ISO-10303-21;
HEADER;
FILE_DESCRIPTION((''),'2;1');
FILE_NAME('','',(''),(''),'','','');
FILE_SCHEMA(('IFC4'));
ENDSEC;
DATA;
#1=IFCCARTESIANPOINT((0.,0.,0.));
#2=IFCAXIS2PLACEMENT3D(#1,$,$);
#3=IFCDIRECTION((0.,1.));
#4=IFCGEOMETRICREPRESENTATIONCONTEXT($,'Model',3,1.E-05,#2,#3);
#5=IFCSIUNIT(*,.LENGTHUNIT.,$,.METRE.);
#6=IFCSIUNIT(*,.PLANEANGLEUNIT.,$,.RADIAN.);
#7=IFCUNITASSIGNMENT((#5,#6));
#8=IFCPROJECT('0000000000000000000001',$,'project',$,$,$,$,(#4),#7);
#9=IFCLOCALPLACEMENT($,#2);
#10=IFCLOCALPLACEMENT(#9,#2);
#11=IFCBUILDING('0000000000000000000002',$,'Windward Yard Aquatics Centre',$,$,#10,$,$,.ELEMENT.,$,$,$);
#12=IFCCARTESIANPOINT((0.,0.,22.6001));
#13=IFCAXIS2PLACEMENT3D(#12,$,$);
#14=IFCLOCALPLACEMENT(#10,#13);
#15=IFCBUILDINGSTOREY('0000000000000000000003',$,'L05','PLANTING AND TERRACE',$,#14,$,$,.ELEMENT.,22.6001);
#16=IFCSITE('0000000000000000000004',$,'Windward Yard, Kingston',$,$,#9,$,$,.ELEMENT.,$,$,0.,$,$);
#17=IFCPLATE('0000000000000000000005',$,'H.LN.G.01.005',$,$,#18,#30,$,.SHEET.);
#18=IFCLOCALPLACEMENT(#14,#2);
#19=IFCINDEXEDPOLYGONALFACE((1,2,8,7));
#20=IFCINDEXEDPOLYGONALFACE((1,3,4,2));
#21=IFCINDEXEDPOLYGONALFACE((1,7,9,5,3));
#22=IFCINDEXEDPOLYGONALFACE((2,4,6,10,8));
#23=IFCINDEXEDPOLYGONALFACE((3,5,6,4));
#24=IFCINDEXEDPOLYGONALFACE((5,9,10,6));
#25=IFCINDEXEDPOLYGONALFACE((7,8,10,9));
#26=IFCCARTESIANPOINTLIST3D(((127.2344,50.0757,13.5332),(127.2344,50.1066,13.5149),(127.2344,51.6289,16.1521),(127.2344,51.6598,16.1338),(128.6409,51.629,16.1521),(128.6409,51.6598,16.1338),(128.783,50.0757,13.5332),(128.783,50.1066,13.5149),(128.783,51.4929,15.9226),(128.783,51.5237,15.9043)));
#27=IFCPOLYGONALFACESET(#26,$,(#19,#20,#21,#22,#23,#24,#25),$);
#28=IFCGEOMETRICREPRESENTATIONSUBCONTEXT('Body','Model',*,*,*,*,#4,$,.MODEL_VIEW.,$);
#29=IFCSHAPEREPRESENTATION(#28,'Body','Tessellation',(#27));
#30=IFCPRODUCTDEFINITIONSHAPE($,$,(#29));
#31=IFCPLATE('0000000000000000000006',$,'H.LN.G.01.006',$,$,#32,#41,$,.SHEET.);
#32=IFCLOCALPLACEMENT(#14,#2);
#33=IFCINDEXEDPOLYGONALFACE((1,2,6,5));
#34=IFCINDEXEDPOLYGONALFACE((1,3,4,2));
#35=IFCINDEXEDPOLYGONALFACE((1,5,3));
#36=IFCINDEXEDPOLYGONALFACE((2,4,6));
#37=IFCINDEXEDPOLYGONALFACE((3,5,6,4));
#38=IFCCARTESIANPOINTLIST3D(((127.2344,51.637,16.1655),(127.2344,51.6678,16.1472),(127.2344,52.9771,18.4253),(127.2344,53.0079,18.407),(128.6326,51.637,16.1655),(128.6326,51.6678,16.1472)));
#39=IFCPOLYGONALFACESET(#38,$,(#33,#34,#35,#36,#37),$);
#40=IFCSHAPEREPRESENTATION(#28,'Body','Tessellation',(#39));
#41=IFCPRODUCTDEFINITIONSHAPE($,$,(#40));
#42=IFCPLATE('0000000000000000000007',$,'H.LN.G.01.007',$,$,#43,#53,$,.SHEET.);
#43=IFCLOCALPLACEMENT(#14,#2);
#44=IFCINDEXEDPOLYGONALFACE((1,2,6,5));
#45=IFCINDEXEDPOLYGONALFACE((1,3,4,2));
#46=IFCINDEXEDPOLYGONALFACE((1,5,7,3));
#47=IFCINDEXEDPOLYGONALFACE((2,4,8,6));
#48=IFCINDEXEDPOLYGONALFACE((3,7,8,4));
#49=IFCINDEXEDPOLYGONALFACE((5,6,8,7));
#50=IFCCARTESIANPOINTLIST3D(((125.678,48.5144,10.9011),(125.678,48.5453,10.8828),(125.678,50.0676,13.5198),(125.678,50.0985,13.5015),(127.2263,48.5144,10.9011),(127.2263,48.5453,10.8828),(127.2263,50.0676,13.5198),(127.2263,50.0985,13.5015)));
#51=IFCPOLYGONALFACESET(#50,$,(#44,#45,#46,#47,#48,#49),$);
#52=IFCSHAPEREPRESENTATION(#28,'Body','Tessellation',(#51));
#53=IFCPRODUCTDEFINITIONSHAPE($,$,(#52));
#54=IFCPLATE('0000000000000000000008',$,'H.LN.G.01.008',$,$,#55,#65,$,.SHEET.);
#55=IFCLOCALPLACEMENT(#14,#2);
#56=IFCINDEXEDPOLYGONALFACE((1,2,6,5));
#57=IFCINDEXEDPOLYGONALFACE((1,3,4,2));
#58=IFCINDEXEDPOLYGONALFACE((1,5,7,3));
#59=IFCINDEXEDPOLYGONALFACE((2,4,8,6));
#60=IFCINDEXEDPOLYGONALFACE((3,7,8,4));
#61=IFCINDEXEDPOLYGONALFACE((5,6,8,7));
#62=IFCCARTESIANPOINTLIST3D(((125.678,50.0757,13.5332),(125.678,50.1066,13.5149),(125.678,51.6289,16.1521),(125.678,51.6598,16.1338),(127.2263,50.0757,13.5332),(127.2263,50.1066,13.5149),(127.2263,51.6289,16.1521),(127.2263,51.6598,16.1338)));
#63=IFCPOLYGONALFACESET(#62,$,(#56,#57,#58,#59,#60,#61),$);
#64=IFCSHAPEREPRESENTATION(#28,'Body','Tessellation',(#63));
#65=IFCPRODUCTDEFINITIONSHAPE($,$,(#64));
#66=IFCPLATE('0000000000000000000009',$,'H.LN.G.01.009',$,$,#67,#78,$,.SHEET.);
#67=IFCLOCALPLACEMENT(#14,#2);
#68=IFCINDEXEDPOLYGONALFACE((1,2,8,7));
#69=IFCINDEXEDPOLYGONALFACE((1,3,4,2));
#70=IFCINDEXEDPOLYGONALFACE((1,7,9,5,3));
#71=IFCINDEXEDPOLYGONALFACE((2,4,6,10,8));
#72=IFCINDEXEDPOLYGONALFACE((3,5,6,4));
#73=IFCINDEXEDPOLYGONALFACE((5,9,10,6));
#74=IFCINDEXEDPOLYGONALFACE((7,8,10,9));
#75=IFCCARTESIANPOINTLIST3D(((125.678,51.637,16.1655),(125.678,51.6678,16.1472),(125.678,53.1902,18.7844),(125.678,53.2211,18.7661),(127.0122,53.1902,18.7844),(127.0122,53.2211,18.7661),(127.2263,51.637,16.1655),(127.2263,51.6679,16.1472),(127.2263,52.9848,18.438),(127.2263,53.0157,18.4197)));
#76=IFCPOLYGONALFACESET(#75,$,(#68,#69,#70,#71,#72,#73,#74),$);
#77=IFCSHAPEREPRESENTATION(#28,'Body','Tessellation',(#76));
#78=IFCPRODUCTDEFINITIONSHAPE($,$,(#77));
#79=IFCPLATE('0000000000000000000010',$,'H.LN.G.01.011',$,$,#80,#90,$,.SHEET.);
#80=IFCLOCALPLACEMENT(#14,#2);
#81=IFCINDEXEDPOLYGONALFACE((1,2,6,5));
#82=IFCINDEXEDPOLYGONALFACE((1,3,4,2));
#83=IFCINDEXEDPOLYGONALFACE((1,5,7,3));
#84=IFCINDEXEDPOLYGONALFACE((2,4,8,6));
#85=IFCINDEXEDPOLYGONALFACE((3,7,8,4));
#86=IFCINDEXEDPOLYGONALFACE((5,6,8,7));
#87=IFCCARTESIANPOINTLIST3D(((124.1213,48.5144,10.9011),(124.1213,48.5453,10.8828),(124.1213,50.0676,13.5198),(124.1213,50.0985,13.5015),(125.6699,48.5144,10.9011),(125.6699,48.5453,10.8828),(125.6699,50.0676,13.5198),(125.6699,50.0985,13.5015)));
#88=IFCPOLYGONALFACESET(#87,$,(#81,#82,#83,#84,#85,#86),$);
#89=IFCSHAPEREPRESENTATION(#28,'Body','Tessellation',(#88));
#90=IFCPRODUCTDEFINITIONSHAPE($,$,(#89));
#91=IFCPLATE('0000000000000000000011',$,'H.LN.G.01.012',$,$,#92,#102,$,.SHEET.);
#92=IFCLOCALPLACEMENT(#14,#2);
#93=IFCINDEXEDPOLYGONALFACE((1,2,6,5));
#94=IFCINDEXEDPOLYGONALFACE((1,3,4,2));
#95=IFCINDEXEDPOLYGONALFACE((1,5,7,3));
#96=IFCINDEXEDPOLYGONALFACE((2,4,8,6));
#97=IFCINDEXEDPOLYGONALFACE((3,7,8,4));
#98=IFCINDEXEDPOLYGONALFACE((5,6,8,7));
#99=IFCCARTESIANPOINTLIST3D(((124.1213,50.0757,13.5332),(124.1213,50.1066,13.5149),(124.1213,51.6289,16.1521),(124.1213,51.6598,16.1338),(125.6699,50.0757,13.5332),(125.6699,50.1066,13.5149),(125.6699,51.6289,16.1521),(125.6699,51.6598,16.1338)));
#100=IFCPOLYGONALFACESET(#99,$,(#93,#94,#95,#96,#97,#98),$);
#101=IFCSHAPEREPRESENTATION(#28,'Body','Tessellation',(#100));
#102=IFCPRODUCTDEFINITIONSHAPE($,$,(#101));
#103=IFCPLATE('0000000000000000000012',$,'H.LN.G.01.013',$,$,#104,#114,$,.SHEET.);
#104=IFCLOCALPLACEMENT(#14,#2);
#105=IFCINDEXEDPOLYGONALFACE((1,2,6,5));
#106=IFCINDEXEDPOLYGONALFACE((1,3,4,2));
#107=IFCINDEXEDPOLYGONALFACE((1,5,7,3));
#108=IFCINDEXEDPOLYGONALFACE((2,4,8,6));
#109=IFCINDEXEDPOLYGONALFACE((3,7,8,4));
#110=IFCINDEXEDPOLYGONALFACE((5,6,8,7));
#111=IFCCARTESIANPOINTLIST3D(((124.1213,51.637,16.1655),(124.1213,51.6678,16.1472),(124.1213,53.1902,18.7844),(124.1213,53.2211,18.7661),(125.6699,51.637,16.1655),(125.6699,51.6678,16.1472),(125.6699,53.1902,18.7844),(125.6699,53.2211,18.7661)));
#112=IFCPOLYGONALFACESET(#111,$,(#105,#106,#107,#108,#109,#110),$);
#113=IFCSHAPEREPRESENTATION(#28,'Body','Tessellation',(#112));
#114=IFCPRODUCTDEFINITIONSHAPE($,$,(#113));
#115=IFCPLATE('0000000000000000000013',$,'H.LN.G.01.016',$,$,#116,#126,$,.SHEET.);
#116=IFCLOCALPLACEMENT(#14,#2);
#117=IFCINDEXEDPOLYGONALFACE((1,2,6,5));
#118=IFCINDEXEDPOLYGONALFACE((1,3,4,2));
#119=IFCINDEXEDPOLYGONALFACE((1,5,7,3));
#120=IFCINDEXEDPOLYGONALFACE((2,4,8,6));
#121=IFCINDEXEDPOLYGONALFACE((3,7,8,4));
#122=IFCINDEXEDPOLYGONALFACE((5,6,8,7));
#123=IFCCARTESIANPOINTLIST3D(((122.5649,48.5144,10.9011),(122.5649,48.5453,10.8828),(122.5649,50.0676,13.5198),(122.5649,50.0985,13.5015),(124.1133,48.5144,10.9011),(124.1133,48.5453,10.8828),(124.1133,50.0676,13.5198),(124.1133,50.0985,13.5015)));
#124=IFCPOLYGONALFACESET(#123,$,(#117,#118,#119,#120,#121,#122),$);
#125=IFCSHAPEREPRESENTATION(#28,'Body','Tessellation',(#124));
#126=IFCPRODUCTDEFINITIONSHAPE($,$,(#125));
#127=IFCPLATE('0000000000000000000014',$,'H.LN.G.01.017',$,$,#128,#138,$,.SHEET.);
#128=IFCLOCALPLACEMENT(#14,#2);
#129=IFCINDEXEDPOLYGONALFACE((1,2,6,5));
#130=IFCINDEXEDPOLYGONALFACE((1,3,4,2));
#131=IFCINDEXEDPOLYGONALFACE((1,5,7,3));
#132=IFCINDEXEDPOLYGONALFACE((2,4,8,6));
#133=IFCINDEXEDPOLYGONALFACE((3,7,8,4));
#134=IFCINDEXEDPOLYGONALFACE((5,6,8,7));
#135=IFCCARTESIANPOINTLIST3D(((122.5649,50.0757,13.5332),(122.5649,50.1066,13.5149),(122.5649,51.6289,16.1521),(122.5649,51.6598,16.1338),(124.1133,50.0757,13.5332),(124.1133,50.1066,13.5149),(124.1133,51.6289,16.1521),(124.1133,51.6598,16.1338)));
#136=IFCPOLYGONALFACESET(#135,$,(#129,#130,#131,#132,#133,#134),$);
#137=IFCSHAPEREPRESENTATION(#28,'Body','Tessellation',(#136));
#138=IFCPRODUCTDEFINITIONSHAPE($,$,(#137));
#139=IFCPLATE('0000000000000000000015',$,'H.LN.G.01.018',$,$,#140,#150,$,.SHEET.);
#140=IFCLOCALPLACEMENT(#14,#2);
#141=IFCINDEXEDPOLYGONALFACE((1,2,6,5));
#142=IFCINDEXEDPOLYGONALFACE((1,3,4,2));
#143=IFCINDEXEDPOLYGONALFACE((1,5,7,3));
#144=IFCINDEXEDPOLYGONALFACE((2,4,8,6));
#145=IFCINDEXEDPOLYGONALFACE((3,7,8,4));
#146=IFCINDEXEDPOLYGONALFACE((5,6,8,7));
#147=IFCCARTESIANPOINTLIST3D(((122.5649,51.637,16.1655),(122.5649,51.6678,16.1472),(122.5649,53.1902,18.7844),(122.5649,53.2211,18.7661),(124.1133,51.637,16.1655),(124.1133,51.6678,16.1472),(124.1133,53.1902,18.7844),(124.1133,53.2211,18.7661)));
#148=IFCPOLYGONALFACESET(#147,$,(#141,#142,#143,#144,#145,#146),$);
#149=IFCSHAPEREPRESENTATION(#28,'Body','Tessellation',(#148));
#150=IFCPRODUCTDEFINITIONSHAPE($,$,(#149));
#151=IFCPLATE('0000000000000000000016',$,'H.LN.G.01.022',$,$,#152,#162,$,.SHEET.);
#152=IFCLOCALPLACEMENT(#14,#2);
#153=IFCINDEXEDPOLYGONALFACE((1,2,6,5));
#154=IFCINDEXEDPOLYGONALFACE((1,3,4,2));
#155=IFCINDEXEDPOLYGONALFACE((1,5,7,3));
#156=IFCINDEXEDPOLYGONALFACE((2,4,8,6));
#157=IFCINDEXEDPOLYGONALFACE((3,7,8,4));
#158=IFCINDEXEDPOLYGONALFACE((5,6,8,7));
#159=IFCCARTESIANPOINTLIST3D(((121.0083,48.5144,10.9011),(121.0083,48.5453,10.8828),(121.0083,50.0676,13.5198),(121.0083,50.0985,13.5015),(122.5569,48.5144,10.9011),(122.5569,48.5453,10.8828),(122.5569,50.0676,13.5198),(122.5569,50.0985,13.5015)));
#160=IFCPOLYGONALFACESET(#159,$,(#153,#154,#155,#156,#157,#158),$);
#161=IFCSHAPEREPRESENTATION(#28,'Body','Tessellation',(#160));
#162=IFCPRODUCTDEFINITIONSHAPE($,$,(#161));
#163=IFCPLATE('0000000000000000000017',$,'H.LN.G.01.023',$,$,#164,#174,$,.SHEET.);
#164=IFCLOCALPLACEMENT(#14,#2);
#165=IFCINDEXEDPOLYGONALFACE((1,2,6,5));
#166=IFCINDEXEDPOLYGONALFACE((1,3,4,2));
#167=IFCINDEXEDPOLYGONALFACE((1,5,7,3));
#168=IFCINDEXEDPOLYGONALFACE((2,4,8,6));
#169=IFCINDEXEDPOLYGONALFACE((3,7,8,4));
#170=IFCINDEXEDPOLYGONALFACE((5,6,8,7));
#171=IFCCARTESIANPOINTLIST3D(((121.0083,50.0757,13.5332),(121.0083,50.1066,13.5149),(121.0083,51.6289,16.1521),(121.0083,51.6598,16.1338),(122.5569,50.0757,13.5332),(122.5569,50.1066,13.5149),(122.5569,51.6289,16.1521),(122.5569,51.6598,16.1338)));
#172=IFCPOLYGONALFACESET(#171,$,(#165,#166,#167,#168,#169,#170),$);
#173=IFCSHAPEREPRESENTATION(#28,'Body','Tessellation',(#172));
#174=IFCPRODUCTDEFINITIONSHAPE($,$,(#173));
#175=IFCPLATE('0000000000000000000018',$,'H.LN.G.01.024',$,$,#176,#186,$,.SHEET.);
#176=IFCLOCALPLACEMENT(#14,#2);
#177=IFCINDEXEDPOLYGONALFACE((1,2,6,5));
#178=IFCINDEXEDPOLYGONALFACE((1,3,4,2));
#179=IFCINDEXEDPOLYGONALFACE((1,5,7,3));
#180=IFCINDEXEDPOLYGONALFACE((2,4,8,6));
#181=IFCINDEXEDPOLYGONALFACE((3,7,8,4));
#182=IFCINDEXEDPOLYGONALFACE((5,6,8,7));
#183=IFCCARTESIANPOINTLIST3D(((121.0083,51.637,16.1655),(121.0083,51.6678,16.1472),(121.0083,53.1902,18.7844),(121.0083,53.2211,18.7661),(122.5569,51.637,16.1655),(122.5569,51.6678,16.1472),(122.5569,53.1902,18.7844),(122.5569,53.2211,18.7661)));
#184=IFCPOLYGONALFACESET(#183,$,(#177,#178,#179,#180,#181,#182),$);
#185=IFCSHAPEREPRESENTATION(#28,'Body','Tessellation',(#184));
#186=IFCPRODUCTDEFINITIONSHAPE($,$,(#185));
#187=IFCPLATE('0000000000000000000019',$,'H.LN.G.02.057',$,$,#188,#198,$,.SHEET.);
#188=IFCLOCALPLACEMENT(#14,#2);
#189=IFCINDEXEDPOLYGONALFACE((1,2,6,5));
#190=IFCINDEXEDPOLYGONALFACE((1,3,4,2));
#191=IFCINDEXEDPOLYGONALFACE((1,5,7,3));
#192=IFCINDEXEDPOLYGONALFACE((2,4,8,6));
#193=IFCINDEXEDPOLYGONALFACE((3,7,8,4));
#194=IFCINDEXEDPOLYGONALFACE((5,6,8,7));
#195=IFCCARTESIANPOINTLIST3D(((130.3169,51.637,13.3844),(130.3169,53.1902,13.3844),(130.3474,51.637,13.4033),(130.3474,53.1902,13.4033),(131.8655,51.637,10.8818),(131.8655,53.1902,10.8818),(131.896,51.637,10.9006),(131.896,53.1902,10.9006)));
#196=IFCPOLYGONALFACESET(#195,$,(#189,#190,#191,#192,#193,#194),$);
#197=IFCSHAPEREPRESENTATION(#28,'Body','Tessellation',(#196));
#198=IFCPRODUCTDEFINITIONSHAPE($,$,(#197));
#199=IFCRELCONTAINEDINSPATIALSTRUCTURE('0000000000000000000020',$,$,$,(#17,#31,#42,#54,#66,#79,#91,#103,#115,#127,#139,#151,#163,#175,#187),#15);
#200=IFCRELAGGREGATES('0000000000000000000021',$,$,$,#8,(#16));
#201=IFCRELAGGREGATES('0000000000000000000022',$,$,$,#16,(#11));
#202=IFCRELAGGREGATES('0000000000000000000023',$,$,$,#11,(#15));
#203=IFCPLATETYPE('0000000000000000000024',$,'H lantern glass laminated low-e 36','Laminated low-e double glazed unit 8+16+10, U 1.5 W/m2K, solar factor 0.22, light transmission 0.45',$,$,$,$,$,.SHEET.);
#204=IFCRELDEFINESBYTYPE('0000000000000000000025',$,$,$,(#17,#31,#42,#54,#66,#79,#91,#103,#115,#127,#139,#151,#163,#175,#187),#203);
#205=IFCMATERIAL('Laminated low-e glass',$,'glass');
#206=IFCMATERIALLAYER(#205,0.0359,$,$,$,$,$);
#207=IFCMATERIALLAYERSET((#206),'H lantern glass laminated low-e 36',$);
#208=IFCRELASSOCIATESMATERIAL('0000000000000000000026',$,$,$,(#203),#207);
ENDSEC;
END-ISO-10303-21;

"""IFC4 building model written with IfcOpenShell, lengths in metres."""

from ifc_helpers import new_model, si_unit, direction, frame, origin, place, context, subcontext, project, spatial, polyline, outline, extrude, material, layer, layer_set, type_object, element, save


model = new_model("IFC4")

# Units and contexts
model_context = context("Model", 3, precision=1e-05, world=origin(), true_north=direction((0.0, 1.0)))
body_context = subcontext(model_context, "Body", "Model", "MODEL_VIEW")
ifc_project = project(units=[si_unit("LENGTHUNIT", "METRE"), si_unit("PLANEANGLEUNIT", "RADIAN")], contexts=[model_context])

# Site, building, storey
site_placement = place(None, origin())
site = spatial("IfcSite", under=ifc_project, at=site_placement, Name="Windward Yard, Kingston", CompositionType="ELEMENT", RefElevation=0.0)
building_placement = place(site_placement, origin())
building = spatial("IfcBuilding", under=site, at=building_placement, Name="Windward Yard Aquatics Centre", CompositionType="ELEMENT")
storey_placement = place(building_placement, frame((0.0, 0.0, 22.6001)))
storey = spatial("IfcBuildingStorey", under=building, at=storey_placement, Name="L05", Description="PLANTING AND TERRACE", CompositionType="ELEMENT", Elevation=22.6001)

# Plates
ifc_material_1 = material(Name="Laminated low-e glass", Category="glass")
ifc_layer = layer(ifc_material_1, 0.0359)
ifc_layer_set = layer_set([ifc_layer], Name="H lantern glass laminated low-e 36")
plate_type = type_object("IfcPlateType", Name="H lantern glass laminated low-e 36", Description="Laminated low-e double glazed unit 8+16+10, U 1.5 W/m2K, solar factor 0.22, light transmission 0.45", PredefinedType="SHEET", material=ifc_layer_set)
plate_1_placement = place(storey_placement, frame((127.2344, 50.0757, 13.5332), z_axis=(0.000034, -0.860106, 0.510116), x_axis=(0.0, 0.510116, 0.860106)))
element("IfcPlate", 1, at=plate_1_placement, inside=storey, type_object=plate_type, Name="H.LN.G.01.005", PredefinedType="SHEET", context=body_context, shape_type="SweptSolid", body=[
    extrude(outline(polyline([(0.0, 0.0), (3.0449, 0.0), (3.0449, -1.4065), (2.7781, -1.5486), (0.0, -1.5486), (0.0, 0.0)])), origin(), (0.0, 0.0, -1.0), 0.0359),
])
plate_2_placement = place(storey_placement, frame((127.2344, 51.637, 16.1655), z_axis=(0.0, -0.86013, 0.510075), x_axis=(0.0, 0.510075, 0.86013)))
element("IfcPlate", 2, at=plate_2_placement, inside=storey, type_object=plate_type, Name="H.LN.G.01.006", PredefinedType="SHEET", context=body_context, shape_type="SweptSolid", body=[
    extrude(outline(polyline([(0.0, 0.0), (2.6272, 0.0), (0.0, -1.3982), (0.0, 0.0)])), origin(), (0.0, 0.0, -1.0), 0.0359),
])
plate_3_placement = place(storey_placement, frame((125.678, 48.5144, 10.9011), z_axis=(0.0, -0.860086, 0.51015), x_axis=(0.0, 0.51015, 0.860086)))
element("IfcPlate", 3, at=plate_3_placement, inside=storey, type_object=plate_type, Name="H.LN.G.01.007", PredefinedType="SHEET", context=body_context, shape_type="SweptSolid", body=[
    extrude(outline(polyline([(0.0, 0.0), (3.0446, 0.0), (3.0446, -1.5483), (0.0, -1.5483), (0.0, 0.0)])), origin(), (0.0, 0.0, -1.0), 0.0359),
])
plate_4_placement = place(storey_placement, frame((125.678, 50.0757, 13.5332), z_axis=(0.0, -0.860107, 0.510114), x_axis=(0.0, 0.510114, 0.860107)))
element("IfcPlate", 4, at=plate_4_placement, inside=storey, type_object=plate_type, Name="H.LN.G.01.008", PredefinedType="SHEET", context=body_context, shape_type="SweptSolid", body=[
    extrude(outline(polyline([(0.0, 0.0), (3.0449, 0.0), (3.0449, -1.5483), (0.0, -1.5483), (0.0, 0.0)])), origin(), (0.0, 0.0, -1.0), 0.0359),
])
plate_5_placement = place(storey_placement, frame((125.678, 51.637, 16.1655), z_axis=(0.00004, -0.860105, 0.510117), x_axis=(0.0, 0.510117, 0.860105)))
element("IfcPlate", 5, at=plate_5_placement, inside=storey, type_object=plate_type, Name="H.LN.G.01.009", PredefinedType="SHEET", context=body_context, shape_type="SweptSolid", body=[
    extrude(outline(polyline([(0.0, 0.0), (3.0449, 0.0), (3.0449, -1.3342), (2.6421, -1.5483), (0.0, -1.5483), (0.0, 0.0)])), origin(), (0.0, 0.0, -1.0), 0.0359),
])
plate_6_placement = place(storey_placement, frame((124.1213, 48.5144, 10.9011), z_axis=(0.0, -0.860086, 0.51015), x_axis=(0.0, 0.51015, 0.860086)))
element("IfcPlate", 6, at=plate_6_placement, inside=storey, type_object=plate_type, Name="H.LN.G.01.011", PredefinedType="SHEET", context=body_context, shape_type="SweptSolid", body=[
    extrude(outline(polyline([(0.0, 0.0), (3.0446, 0.0), (3.0446, -1.5486), (0.0, -1.5486), (0.0, 0.0)])), origin(), (0.0, 0.0, -1.0), 0.0359),
])
for number, where, z_axis, x_axis, name in (
    (7, (124.1213, 50.0757, 13.5332), (0.0, -0.860107, 0.510114), (0.0, 0.510114, 0.860107), "H.LN.G.01.012"),
    (8, (124.1213, 51.637, 16.1655), (0.0, -0.860107, 0.510114), (0.0, 0.510114, 0.860107), "H.LN.G.01.013"),
):
    element("IfcPlate", number, at=place(storey_placement, frame(where, z_axis=z_axis, x_axis=x_axis)), inside=storey, type_object=plate_type, Name=name, PredefinedType="SHEET", context=body_context, shape_type="SweptSolid", body=[
        extrude(outline(polyline([(0.0, 0.0), (3.0449, 0.0), (3.0449, -1.5486), (0.0, -1.5486), (0.0, 0.0)])), origin(), (0.0, 0.0, -1.0), 0.0359),
    ])
plate_7_placement = place(storey_placement, frame((122.5649, 48.5144, 10.9011), z_axis=(0.0, -0.860086, 0.51015), x_axis=(0.0, 0.51015, 0.860086)))
element("IfcPlate", 9, at=plate_7_placement, inside=storey, type_object=plate_type, Name="H.LN.G.01.016", PredefinedType="SHEET", context=body_context, shape_type="SweptSolid", body=[
    extrude(outline(polyline([(0.0, 0.0), (3.0446, 0.0), (3.0446, -1.5483), (0.0, -1.5483), (0.0, 0.0)])), origin(), (0.0, 0.0, -1.0), 0.0359),
])
for number, where, z_axis, x_axis, name in (
    (10, (122.5649, 50.0757, 13.5332), (0.0, -0.860107, 0.510114), (0.0, 0.510114, 0.860107), "H.LN.G.01.017"),
    (11, (122.5649, 51.637, 16.1655), (0.0, -0.860107, 0.510114), (0.0, 0.510114, 0.860107), "H.LN.G.01.018"),
):
    element("IfcPlate", number, at=place(storey_placement, frame(where, z_axis=z_axis, x_axis=x_axis)), inside=storey, type_object=plate_type, Name=name, PredefinedType="SHEET", context=body_context, shape_type="SweptSolid", body=[
        extrude(outline(polyline([(0.0, 0.0), (3.0449, 0.0), (3.0449, -1.5483), (0.0, -1.5483), (0.0, 0.0)])), origin(), (0.0, 0.0, -1.0), 0.0359),
    ])
plate_8_placement = place(storey_placement, frame((121.0083, 48.5144, 10.9011), z_axis=(0.0, -0.860086, 0.51015), x_axis=(0.0, 0.51015, 0.860086)))
element("IfcPlate", 12, at=plate_8_placement, inside=storey, type_object=plate_type, Name="H.LN.G.01.022", PredefinedType="SHEET", context=body_context, shape_type="SweptSolid", body=[
    extrude(outline(polyline([(0.0, 0.0), (3.0446, 0.0), (3.0446, -1.5486), (0.0, -1.5486), (0.0, 0.0)])), origin(), (0.0, 0.0, -1.0), 0.0359),
])
for number, where, z_axis, x_axis, name in (
    (13, (121.0083, 50.0757, 13.5332), (0.0, -0.860107, 0.510114), (0.0, 0.510114, 0.860107), "H.LN.G.01.023"),
    (14, (121.0083, 51.637, 16.1655), (0.0, -0.860107, 0.510114), (0.0, 0.510114, 0.860107), "H.LN.G.01.024"),
):
    element("IfcPlate", number, at=place(storey_placement, frame(where, z_axis=z_axis, x_axis=x_axis)), inside=storey, type_object=plate_type, Name=name, PredefinedType="SHEET", context=body_context, shape_type="SweptSolid", body=[
        extrude(outline(polyline([(0.0, 0.0), (3.0449, 0.0), (3.0449, -1.5486), (0.0, -1.5486), (0.0, 0.0)])), origin(), (0.0, 0.0, -1.0), 0.0359),
    ])
for number, where, z_axis, x_axis, name in (
    (15, (130.3474, 51.637, 13.4033), (0.850371, 0.0, 0.526183), (0.0, 1.0, 0.0), "H.LN.G.02.057"),
):
    element("IfcPlate", number, at=place(storey_placement, frame(where, z_axis=z_axis, x_axis=x_axis)), inside=storey, type_object=plate_type, Name=name, PredefinedType="SHEET", context=body_context, shape_type="SweptSolid", body=[
        extrude(outline(polyline([(0.0, 0.0), (1.5532, 0.0), (1.5532, -2.9431), (0.0, -2.9431), (0.0, 0.0)])), origin(), (0.0, 0.0, -1.0), 0.0359),
    ])

save(model, "model.ifc")
